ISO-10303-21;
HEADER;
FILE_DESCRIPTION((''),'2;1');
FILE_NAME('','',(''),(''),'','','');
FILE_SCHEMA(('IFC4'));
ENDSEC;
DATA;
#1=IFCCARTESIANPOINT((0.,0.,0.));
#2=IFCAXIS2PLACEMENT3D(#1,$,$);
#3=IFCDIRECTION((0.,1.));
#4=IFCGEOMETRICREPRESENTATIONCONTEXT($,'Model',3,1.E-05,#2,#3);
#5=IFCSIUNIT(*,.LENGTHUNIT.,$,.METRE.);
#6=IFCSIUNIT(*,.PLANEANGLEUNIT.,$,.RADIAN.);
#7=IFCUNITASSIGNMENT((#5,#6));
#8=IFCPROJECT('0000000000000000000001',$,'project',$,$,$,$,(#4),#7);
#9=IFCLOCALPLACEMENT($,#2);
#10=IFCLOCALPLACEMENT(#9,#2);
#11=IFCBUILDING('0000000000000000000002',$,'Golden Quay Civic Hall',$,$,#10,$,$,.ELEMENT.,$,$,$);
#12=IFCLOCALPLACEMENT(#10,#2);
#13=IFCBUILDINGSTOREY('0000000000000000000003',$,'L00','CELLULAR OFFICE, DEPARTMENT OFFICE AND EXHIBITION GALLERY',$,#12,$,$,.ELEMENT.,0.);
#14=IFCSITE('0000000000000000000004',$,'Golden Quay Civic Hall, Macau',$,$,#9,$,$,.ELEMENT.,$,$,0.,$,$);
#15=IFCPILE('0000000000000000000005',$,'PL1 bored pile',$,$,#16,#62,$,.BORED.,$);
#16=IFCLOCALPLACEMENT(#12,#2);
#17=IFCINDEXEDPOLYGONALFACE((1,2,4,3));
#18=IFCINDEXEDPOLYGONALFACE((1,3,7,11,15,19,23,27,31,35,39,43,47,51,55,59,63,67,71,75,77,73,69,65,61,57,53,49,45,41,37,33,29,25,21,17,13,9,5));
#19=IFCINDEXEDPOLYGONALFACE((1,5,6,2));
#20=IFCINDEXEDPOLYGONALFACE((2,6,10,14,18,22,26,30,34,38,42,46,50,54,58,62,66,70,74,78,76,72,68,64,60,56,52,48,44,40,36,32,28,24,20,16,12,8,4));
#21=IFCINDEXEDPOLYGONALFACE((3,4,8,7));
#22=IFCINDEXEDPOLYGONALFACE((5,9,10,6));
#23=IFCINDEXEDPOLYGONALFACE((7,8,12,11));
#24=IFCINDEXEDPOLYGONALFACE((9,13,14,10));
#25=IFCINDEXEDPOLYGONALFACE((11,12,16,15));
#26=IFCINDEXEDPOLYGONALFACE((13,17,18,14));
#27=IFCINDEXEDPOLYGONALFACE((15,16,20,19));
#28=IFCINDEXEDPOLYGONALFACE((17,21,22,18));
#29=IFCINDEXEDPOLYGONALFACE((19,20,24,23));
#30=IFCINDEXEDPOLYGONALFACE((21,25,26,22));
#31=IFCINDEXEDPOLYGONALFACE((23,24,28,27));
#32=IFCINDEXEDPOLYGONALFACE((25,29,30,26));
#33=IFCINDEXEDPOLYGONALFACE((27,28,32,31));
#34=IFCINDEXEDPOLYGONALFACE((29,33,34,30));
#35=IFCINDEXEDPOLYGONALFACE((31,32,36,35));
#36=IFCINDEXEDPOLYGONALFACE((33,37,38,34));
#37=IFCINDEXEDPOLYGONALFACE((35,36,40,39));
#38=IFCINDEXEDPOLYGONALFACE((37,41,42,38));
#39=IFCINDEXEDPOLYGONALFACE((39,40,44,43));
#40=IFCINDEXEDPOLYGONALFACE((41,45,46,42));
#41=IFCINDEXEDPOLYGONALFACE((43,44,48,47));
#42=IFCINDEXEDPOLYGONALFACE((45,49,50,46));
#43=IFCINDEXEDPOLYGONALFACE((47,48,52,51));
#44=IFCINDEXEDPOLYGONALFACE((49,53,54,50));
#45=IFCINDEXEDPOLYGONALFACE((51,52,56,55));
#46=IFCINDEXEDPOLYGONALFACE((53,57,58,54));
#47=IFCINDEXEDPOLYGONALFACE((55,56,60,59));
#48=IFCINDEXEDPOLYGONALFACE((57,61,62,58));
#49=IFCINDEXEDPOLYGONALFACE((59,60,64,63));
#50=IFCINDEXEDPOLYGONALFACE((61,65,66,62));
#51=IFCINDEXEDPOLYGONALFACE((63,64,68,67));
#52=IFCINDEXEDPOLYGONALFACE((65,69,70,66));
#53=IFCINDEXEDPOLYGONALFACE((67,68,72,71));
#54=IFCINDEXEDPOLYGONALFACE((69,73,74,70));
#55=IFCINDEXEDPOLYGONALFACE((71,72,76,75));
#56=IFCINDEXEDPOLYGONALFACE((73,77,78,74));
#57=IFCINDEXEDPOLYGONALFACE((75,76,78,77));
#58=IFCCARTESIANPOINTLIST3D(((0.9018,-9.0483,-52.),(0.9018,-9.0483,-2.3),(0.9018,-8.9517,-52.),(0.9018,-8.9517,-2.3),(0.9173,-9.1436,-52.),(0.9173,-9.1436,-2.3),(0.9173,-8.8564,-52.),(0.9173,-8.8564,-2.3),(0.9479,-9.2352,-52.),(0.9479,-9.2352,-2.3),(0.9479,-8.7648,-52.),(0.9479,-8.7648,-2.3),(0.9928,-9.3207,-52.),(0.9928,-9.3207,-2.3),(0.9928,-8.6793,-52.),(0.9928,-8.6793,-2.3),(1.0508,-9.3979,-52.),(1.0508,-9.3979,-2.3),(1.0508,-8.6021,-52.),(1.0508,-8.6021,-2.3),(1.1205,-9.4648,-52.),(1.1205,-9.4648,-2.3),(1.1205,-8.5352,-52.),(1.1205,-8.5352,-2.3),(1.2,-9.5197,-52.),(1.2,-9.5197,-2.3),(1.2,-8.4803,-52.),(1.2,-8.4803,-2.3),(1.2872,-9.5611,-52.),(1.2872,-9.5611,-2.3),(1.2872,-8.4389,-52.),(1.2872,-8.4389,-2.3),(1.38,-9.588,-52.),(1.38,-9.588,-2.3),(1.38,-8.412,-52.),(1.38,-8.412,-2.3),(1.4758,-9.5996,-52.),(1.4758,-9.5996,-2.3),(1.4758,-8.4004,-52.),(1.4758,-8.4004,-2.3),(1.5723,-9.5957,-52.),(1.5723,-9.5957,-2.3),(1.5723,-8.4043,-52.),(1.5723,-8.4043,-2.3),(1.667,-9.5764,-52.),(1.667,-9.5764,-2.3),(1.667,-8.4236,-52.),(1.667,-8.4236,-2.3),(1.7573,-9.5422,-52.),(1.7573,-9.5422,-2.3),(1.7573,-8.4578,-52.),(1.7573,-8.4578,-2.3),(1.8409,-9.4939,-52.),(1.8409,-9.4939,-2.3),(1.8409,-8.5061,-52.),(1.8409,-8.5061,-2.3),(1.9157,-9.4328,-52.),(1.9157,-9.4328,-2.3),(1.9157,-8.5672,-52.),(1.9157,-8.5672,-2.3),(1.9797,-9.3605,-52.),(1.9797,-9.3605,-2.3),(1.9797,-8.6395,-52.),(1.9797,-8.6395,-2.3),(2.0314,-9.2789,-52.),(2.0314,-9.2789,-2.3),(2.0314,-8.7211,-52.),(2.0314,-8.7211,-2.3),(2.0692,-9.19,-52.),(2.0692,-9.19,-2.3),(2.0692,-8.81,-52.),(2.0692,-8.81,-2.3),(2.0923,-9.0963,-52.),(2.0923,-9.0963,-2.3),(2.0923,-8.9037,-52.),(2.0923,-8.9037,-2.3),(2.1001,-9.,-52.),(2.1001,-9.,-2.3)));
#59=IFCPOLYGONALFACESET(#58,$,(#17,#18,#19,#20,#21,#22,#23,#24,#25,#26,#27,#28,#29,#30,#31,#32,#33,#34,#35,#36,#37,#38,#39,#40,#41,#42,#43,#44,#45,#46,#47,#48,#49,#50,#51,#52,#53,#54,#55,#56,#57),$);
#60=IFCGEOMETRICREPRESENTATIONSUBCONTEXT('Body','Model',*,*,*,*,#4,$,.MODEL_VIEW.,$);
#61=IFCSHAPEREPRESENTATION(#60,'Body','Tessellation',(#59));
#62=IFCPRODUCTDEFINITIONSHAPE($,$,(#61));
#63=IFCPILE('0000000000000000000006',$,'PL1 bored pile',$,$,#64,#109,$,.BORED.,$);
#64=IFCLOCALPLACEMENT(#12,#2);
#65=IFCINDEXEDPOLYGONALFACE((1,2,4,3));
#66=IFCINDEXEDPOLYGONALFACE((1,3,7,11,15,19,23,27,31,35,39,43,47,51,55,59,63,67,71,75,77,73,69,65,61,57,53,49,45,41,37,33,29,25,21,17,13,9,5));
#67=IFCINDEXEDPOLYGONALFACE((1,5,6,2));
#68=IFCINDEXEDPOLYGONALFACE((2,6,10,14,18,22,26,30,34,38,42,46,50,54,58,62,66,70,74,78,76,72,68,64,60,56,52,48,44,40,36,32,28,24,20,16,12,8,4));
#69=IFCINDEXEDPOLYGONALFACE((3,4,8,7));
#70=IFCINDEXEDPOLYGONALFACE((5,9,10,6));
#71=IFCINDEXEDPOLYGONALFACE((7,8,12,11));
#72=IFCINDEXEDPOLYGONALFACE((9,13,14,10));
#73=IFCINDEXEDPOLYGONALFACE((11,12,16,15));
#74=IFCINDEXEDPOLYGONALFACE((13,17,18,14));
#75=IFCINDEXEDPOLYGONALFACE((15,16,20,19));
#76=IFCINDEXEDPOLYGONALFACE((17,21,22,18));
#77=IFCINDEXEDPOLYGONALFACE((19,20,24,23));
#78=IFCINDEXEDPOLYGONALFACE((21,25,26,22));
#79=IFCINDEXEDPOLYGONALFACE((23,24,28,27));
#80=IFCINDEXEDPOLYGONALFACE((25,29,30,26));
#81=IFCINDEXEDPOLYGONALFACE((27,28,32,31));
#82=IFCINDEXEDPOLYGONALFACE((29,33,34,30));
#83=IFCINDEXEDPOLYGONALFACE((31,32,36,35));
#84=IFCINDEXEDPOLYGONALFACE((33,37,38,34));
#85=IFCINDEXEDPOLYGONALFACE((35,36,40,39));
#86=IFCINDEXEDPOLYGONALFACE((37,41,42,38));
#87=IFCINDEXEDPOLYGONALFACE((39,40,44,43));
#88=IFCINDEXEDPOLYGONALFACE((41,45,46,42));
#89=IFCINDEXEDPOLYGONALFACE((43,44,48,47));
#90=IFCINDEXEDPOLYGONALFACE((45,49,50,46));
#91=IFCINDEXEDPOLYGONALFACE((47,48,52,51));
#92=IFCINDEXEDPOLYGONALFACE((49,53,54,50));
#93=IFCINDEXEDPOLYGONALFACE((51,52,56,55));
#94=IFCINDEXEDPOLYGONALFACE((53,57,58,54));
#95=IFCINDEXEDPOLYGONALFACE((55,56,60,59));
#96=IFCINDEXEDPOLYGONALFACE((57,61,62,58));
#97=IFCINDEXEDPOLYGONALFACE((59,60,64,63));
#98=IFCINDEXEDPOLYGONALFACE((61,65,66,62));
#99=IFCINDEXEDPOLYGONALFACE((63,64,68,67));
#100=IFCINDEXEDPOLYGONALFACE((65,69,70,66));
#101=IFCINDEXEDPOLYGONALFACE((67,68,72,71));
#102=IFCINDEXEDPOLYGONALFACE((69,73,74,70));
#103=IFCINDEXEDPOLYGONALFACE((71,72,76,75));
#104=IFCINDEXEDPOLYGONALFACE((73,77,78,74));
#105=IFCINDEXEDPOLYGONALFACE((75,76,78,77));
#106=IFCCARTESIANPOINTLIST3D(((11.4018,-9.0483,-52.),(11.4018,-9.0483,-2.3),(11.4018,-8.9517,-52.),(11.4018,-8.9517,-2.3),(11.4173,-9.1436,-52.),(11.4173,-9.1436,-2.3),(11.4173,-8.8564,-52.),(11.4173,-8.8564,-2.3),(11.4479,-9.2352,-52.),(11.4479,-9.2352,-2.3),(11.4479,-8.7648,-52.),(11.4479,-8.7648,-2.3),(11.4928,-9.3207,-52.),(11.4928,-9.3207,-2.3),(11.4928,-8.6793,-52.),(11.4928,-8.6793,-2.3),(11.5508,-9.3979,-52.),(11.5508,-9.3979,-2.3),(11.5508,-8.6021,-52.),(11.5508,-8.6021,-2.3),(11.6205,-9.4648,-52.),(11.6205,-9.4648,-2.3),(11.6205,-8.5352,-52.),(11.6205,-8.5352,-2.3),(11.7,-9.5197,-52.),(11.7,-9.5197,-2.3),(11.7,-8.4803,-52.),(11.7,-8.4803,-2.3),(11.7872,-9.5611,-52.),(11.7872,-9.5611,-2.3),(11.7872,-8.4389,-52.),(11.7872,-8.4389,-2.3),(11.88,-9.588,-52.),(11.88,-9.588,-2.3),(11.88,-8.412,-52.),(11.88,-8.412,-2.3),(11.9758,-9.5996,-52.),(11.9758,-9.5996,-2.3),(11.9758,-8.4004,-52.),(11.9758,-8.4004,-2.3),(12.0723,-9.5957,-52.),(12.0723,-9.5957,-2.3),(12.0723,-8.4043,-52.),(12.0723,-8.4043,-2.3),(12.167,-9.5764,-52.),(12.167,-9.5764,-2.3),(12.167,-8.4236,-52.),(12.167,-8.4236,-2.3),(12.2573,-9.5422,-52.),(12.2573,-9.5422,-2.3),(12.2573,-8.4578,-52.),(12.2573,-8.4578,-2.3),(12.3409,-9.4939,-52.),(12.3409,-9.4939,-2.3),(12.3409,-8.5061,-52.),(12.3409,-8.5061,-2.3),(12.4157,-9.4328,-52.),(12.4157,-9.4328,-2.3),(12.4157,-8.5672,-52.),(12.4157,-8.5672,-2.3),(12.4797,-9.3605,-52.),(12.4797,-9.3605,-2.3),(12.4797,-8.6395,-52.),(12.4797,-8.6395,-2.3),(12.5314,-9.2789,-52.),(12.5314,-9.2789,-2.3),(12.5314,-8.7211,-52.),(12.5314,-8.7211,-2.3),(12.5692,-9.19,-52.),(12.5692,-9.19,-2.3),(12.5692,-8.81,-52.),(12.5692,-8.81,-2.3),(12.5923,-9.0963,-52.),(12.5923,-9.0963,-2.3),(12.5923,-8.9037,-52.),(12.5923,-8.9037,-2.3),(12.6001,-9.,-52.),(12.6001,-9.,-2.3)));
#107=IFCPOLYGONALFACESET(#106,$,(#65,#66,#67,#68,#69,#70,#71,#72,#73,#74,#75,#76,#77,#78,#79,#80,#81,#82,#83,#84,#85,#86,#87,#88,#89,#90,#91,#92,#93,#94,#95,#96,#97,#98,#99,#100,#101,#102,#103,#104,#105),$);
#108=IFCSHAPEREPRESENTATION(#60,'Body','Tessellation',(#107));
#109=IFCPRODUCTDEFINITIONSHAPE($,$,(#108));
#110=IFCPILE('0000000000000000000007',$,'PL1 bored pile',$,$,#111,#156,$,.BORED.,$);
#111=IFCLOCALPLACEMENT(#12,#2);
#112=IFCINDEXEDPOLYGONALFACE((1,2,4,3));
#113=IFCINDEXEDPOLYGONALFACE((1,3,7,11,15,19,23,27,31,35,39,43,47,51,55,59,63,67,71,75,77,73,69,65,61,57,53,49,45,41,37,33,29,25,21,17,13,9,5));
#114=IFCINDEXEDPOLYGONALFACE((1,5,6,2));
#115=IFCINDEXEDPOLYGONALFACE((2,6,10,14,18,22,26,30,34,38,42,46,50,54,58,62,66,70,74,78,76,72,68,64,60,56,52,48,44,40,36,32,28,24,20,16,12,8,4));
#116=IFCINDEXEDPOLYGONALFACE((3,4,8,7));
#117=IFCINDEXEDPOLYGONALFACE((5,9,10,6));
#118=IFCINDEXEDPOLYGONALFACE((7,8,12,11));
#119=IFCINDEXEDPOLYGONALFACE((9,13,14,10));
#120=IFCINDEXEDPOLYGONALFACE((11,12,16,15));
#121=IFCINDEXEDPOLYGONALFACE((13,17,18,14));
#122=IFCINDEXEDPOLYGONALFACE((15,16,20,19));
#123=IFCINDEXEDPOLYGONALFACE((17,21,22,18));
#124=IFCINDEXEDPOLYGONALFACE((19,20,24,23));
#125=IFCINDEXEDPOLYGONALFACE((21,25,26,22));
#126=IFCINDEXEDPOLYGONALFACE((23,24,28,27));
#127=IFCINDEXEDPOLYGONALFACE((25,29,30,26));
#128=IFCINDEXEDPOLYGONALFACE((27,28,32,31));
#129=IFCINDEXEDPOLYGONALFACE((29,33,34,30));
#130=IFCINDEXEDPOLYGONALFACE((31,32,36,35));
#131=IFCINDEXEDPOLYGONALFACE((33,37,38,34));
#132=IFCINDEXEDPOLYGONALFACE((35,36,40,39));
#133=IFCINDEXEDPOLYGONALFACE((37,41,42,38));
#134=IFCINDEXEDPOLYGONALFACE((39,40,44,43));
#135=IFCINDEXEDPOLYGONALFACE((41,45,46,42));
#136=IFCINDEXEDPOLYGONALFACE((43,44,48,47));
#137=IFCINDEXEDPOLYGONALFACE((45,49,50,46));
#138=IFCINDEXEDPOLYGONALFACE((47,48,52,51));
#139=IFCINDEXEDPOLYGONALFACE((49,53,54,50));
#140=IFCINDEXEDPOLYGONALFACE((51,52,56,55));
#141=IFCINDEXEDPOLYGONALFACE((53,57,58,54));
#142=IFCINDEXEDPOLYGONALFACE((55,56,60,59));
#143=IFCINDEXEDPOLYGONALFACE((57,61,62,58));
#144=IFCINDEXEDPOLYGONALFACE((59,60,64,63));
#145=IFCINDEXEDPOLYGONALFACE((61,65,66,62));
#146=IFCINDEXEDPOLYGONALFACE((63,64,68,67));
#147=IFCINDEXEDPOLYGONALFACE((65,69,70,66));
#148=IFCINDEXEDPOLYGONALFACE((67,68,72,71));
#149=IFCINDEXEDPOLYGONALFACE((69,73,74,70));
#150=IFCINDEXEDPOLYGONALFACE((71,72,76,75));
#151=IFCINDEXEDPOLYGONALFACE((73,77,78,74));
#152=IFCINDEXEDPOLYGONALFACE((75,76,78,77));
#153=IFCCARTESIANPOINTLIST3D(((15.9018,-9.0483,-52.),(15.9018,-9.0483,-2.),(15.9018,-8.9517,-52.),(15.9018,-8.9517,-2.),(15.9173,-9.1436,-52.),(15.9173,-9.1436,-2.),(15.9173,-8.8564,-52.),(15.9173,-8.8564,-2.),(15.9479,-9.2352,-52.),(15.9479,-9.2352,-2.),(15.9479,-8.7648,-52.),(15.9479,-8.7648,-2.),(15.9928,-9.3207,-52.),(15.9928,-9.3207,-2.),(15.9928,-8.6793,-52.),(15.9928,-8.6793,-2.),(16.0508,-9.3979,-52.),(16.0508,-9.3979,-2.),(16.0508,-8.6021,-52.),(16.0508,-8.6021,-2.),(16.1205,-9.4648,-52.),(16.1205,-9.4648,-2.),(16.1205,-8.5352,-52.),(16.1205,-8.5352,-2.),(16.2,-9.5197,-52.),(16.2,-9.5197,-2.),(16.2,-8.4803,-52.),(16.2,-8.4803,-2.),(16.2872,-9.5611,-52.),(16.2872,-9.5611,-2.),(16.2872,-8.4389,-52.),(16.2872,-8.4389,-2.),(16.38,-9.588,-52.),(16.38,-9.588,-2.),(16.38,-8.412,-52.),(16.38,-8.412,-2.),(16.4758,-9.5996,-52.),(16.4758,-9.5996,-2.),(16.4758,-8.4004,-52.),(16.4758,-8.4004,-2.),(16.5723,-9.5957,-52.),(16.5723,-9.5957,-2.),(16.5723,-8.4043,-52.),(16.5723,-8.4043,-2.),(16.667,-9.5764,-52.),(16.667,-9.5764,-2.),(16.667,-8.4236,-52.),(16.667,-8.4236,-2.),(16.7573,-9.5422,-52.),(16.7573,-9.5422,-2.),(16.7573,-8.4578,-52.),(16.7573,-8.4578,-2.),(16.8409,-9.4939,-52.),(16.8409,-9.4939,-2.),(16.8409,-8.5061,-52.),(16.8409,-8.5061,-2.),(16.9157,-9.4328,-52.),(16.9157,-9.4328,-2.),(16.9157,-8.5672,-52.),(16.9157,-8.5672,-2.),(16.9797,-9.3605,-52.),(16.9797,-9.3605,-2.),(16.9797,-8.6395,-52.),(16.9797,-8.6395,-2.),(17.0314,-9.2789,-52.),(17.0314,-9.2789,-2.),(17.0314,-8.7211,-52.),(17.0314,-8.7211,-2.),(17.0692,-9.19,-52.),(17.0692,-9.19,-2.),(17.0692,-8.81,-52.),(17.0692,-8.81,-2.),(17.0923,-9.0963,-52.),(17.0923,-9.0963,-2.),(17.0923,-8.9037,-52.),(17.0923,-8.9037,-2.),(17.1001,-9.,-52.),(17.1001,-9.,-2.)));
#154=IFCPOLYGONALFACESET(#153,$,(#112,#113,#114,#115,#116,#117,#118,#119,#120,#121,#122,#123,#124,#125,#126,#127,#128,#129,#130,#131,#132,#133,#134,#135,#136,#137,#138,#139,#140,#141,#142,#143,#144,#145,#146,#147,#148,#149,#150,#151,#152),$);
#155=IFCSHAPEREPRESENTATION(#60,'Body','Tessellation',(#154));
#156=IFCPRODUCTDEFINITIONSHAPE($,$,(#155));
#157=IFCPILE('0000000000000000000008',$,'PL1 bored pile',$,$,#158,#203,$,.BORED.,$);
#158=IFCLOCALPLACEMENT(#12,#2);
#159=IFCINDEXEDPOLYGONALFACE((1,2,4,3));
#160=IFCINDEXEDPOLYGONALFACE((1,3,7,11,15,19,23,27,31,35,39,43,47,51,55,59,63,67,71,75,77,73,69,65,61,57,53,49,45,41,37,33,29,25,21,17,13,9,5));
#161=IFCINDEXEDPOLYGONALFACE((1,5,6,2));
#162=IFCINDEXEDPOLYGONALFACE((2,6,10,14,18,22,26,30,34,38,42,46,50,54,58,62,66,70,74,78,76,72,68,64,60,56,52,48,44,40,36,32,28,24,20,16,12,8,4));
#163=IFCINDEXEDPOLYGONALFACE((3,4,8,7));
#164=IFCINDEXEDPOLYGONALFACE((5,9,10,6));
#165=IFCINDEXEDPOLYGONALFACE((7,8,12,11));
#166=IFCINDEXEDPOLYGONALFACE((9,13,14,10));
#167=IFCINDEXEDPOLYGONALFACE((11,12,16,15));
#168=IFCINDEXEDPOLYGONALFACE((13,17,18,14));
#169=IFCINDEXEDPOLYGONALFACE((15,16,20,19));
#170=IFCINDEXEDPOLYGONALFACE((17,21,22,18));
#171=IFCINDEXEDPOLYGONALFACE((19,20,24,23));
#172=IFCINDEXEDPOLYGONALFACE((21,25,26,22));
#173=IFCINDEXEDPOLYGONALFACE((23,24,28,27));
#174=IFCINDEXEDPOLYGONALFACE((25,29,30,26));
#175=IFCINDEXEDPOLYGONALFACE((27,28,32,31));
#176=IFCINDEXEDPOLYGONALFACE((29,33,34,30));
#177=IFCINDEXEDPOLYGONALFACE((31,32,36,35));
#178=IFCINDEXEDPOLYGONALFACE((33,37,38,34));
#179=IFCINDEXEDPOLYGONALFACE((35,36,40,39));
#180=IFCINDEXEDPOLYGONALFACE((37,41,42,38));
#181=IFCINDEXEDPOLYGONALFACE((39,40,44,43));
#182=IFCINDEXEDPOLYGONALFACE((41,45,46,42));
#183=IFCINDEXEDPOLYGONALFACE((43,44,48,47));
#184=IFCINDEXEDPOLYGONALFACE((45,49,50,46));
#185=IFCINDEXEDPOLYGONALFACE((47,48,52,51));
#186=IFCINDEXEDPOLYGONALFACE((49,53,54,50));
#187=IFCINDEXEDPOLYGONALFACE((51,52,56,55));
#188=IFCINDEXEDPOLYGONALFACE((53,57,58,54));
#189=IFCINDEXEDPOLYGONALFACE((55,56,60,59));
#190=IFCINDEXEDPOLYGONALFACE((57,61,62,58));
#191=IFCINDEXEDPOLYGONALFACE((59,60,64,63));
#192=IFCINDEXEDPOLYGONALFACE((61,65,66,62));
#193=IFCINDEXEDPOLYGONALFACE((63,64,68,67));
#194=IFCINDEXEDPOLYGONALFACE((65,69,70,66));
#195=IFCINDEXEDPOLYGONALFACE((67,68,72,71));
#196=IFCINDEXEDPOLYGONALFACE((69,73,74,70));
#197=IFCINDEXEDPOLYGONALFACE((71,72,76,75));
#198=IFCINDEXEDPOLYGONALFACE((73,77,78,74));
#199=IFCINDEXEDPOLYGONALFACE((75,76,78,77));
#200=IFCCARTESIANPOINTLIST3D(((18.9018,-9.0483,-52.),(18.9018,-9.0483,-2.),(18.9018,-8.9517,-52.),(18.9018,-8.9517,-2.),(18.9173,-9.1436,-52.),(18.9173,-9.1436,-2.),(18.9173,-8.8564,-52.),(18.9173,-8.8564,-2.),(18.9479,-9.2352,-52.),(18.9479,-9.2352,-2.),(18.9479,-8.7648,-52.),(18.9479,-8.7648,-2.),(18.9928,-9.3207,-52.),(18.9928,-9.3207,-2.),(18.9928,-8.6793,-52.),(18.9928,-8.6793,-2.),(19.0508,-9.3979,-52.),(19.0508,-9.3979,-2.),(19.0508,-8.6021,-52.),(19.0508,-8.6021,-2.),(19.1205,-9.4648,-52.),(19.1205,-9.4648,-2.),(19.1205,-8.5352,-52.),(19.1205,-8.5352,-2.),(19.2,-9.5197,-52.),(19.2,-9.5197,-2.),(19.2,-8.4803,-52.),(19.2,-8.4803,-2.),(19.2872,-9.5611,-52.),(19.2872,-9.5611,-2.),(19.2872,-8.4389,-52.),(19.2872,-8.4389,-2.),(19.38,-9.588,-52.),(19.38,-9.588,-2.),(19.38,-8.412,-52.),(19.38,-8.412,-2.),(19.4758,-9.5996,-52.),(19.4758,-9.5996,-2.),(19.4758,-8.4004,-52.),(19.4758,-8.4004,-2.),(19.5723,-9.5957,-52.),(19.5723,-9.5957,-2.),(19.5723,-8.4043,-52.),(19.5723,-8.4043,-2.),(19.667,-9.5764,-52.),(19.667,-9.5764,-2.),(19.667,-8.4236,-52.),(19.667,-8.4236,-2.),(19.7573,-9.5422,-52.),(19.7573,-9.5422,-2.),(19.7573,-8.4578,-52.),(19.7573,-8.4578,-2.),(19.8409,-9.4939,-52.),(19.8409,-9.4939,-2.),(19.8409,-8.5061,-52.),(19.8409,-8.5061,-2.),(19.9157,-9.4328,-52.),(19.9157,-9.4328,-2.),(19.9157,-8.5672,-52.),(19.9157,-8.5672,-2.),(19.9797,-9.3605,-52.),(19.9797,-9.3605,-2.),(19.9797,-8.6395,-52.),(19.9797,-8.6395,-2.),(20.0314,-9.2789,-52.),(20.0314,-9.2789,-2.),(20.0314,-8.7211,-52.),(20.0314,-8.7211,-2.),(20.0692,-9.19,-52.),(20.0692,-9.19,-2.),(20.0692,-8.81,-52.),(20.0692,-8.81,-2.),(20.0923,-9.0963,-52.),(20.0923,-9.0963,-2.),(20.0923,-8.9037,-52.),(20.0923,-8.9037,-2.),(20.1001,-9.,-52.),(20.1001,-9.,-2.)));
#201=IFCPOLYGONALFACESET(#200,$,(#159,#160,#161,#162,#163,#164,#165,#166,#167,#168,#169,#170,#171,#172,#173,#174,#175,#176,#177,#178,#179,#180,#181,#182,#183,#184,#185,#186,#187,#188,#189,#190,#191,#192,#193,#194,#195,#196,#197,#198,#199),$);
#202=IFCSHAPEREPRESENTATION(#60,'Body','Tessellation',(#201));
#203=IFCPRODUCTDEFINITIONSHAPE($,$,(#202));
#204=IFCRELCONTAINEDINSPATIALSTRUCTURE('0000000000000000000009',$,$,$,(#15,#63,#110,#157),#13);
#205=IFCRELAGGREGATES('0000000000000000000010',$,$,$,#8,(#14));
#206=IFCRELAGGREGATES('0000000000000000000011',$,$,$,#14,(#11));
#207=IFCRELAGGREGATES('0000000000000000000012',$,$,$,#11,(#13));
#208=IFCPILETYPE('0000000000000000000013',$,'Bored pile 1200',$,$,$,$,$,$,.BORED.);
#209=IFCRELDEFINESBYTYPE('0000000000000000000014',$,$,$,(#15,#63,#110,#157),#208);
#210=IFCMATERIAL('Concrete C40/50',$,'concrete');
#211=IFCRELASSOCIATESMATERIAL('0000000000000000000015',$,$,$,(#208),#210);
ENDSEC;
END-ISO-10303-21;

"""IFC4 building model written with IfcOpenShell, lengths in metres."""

from ifc_helpers import new_model, si_unit, direction, frame, origin, origin_2d, place, context, subcontext, project, spatial, circle, extrude, material, material_profile, profile_set, type_object, element, save


model = new_model("IFC4")

# Units and contexts
model_context = context("Model", 3, precision=1e-05, world=origin(), true_north=direction((0.0, 1.0)))
body_context = subcontext(model_context, "Body", "Model", "MODEL_VIEW")
ifc_project = project(units=[si_unit("LENGTHUNIT", "METRE"), si_unit("PLANEANGLEUNIT", "RADIAN")], contexts=[model_context])

# Site, building, storey
site_placement = place(None, origin())
site = spatial("IfcSite", under=ifc_project, at=site_placement, Name="Golden Quay Civic Hall, Macau", CompositionType="ELEMENT", RefElevation=0.0)
building_placement = place(site_placement, origin())
building = spatial("IfcBuilding", under=site, at=building_placement, Name="Golden Quay Civic Hall", CompositionType="ELEMENT")
storey_placement = place(building_placement, origin())
storey = spatial("IfcBuildingStorey", under=building, at=storey_placement, Name="L00", Description="CELLULAR OFFICE, DEPARTMENT OFFICE AND EXHIBITION GALLERY", CompositionType="ELEMENT", Elevation=0.0)

# Piles
ifc_material_1 = material(Name="Concrete C40/50", Category="concrete")
ifc_material_profile_1 = material_profile(ifc_material_1, circle(Radius=0.6001, at=origin_2d()), Name="RC D1200")
ifc_profile_set_1 = profile_set([ifc_material_profile_1], Name="Concrete C40/50")
pile_type = type_object("IfcPileType", Name="Bored pile 1200", PredefinedType="BORED", material=ifc_profile_set_1)
for number, where, z_axis, x_axis, name in (
    (1, (1.5, -9.0, -2.3), (0.0, 0.0, -1.0), (1.0, 0.0, 0.0), "PL1 bored pile"),
    (2, (12.0, -9.0, -2.3), (0.0, 0.0, -1.0), (1.0, 0.0, 0.0), "PL1 bored pile"),
):
    element("IfcPile", number, at=place(storey_placement, frame(where, z_axis=z_axis, x_axis=x_axis)), inside=storey, type_object=pile_type, Name=name, PredefinedType="BORED", context=body_context, shape_type="SweptSolid", body=[
        extrude(circle(Radius=0.6001, at=origin_2d()), origin(), (0.0, 0.0, 1.0), 49.7),
    ])
for number, where, z_axis, x_axis, name in (
    (3, (16.5, -9.0, -2.0), (0.0, 0.0, -1.0), (1.0, 0.0, 0.0), "PL1 bored pile"),
    (4, (19.5, -9.0, -2.0), (0.0, 0.0, -1.0), (1.0, 0.0, 0.0), "PL1 bored pile"),
):
    element("IfcPile", number, at=place(storey_placement, frame(where, z_axis=z_axis, x_axis=x_axis)), inside=storey, type_object=pile_type, Name=name, PredefinedType="BORED", context=body_context, shape_type="SweptSolid", body=[
        extrude(circle(Radius=0.6001, at=origin_2d()), origin(), (0.0, 0.0, 1.0), 50.0),
    ])

save(model, "model.ifc")
